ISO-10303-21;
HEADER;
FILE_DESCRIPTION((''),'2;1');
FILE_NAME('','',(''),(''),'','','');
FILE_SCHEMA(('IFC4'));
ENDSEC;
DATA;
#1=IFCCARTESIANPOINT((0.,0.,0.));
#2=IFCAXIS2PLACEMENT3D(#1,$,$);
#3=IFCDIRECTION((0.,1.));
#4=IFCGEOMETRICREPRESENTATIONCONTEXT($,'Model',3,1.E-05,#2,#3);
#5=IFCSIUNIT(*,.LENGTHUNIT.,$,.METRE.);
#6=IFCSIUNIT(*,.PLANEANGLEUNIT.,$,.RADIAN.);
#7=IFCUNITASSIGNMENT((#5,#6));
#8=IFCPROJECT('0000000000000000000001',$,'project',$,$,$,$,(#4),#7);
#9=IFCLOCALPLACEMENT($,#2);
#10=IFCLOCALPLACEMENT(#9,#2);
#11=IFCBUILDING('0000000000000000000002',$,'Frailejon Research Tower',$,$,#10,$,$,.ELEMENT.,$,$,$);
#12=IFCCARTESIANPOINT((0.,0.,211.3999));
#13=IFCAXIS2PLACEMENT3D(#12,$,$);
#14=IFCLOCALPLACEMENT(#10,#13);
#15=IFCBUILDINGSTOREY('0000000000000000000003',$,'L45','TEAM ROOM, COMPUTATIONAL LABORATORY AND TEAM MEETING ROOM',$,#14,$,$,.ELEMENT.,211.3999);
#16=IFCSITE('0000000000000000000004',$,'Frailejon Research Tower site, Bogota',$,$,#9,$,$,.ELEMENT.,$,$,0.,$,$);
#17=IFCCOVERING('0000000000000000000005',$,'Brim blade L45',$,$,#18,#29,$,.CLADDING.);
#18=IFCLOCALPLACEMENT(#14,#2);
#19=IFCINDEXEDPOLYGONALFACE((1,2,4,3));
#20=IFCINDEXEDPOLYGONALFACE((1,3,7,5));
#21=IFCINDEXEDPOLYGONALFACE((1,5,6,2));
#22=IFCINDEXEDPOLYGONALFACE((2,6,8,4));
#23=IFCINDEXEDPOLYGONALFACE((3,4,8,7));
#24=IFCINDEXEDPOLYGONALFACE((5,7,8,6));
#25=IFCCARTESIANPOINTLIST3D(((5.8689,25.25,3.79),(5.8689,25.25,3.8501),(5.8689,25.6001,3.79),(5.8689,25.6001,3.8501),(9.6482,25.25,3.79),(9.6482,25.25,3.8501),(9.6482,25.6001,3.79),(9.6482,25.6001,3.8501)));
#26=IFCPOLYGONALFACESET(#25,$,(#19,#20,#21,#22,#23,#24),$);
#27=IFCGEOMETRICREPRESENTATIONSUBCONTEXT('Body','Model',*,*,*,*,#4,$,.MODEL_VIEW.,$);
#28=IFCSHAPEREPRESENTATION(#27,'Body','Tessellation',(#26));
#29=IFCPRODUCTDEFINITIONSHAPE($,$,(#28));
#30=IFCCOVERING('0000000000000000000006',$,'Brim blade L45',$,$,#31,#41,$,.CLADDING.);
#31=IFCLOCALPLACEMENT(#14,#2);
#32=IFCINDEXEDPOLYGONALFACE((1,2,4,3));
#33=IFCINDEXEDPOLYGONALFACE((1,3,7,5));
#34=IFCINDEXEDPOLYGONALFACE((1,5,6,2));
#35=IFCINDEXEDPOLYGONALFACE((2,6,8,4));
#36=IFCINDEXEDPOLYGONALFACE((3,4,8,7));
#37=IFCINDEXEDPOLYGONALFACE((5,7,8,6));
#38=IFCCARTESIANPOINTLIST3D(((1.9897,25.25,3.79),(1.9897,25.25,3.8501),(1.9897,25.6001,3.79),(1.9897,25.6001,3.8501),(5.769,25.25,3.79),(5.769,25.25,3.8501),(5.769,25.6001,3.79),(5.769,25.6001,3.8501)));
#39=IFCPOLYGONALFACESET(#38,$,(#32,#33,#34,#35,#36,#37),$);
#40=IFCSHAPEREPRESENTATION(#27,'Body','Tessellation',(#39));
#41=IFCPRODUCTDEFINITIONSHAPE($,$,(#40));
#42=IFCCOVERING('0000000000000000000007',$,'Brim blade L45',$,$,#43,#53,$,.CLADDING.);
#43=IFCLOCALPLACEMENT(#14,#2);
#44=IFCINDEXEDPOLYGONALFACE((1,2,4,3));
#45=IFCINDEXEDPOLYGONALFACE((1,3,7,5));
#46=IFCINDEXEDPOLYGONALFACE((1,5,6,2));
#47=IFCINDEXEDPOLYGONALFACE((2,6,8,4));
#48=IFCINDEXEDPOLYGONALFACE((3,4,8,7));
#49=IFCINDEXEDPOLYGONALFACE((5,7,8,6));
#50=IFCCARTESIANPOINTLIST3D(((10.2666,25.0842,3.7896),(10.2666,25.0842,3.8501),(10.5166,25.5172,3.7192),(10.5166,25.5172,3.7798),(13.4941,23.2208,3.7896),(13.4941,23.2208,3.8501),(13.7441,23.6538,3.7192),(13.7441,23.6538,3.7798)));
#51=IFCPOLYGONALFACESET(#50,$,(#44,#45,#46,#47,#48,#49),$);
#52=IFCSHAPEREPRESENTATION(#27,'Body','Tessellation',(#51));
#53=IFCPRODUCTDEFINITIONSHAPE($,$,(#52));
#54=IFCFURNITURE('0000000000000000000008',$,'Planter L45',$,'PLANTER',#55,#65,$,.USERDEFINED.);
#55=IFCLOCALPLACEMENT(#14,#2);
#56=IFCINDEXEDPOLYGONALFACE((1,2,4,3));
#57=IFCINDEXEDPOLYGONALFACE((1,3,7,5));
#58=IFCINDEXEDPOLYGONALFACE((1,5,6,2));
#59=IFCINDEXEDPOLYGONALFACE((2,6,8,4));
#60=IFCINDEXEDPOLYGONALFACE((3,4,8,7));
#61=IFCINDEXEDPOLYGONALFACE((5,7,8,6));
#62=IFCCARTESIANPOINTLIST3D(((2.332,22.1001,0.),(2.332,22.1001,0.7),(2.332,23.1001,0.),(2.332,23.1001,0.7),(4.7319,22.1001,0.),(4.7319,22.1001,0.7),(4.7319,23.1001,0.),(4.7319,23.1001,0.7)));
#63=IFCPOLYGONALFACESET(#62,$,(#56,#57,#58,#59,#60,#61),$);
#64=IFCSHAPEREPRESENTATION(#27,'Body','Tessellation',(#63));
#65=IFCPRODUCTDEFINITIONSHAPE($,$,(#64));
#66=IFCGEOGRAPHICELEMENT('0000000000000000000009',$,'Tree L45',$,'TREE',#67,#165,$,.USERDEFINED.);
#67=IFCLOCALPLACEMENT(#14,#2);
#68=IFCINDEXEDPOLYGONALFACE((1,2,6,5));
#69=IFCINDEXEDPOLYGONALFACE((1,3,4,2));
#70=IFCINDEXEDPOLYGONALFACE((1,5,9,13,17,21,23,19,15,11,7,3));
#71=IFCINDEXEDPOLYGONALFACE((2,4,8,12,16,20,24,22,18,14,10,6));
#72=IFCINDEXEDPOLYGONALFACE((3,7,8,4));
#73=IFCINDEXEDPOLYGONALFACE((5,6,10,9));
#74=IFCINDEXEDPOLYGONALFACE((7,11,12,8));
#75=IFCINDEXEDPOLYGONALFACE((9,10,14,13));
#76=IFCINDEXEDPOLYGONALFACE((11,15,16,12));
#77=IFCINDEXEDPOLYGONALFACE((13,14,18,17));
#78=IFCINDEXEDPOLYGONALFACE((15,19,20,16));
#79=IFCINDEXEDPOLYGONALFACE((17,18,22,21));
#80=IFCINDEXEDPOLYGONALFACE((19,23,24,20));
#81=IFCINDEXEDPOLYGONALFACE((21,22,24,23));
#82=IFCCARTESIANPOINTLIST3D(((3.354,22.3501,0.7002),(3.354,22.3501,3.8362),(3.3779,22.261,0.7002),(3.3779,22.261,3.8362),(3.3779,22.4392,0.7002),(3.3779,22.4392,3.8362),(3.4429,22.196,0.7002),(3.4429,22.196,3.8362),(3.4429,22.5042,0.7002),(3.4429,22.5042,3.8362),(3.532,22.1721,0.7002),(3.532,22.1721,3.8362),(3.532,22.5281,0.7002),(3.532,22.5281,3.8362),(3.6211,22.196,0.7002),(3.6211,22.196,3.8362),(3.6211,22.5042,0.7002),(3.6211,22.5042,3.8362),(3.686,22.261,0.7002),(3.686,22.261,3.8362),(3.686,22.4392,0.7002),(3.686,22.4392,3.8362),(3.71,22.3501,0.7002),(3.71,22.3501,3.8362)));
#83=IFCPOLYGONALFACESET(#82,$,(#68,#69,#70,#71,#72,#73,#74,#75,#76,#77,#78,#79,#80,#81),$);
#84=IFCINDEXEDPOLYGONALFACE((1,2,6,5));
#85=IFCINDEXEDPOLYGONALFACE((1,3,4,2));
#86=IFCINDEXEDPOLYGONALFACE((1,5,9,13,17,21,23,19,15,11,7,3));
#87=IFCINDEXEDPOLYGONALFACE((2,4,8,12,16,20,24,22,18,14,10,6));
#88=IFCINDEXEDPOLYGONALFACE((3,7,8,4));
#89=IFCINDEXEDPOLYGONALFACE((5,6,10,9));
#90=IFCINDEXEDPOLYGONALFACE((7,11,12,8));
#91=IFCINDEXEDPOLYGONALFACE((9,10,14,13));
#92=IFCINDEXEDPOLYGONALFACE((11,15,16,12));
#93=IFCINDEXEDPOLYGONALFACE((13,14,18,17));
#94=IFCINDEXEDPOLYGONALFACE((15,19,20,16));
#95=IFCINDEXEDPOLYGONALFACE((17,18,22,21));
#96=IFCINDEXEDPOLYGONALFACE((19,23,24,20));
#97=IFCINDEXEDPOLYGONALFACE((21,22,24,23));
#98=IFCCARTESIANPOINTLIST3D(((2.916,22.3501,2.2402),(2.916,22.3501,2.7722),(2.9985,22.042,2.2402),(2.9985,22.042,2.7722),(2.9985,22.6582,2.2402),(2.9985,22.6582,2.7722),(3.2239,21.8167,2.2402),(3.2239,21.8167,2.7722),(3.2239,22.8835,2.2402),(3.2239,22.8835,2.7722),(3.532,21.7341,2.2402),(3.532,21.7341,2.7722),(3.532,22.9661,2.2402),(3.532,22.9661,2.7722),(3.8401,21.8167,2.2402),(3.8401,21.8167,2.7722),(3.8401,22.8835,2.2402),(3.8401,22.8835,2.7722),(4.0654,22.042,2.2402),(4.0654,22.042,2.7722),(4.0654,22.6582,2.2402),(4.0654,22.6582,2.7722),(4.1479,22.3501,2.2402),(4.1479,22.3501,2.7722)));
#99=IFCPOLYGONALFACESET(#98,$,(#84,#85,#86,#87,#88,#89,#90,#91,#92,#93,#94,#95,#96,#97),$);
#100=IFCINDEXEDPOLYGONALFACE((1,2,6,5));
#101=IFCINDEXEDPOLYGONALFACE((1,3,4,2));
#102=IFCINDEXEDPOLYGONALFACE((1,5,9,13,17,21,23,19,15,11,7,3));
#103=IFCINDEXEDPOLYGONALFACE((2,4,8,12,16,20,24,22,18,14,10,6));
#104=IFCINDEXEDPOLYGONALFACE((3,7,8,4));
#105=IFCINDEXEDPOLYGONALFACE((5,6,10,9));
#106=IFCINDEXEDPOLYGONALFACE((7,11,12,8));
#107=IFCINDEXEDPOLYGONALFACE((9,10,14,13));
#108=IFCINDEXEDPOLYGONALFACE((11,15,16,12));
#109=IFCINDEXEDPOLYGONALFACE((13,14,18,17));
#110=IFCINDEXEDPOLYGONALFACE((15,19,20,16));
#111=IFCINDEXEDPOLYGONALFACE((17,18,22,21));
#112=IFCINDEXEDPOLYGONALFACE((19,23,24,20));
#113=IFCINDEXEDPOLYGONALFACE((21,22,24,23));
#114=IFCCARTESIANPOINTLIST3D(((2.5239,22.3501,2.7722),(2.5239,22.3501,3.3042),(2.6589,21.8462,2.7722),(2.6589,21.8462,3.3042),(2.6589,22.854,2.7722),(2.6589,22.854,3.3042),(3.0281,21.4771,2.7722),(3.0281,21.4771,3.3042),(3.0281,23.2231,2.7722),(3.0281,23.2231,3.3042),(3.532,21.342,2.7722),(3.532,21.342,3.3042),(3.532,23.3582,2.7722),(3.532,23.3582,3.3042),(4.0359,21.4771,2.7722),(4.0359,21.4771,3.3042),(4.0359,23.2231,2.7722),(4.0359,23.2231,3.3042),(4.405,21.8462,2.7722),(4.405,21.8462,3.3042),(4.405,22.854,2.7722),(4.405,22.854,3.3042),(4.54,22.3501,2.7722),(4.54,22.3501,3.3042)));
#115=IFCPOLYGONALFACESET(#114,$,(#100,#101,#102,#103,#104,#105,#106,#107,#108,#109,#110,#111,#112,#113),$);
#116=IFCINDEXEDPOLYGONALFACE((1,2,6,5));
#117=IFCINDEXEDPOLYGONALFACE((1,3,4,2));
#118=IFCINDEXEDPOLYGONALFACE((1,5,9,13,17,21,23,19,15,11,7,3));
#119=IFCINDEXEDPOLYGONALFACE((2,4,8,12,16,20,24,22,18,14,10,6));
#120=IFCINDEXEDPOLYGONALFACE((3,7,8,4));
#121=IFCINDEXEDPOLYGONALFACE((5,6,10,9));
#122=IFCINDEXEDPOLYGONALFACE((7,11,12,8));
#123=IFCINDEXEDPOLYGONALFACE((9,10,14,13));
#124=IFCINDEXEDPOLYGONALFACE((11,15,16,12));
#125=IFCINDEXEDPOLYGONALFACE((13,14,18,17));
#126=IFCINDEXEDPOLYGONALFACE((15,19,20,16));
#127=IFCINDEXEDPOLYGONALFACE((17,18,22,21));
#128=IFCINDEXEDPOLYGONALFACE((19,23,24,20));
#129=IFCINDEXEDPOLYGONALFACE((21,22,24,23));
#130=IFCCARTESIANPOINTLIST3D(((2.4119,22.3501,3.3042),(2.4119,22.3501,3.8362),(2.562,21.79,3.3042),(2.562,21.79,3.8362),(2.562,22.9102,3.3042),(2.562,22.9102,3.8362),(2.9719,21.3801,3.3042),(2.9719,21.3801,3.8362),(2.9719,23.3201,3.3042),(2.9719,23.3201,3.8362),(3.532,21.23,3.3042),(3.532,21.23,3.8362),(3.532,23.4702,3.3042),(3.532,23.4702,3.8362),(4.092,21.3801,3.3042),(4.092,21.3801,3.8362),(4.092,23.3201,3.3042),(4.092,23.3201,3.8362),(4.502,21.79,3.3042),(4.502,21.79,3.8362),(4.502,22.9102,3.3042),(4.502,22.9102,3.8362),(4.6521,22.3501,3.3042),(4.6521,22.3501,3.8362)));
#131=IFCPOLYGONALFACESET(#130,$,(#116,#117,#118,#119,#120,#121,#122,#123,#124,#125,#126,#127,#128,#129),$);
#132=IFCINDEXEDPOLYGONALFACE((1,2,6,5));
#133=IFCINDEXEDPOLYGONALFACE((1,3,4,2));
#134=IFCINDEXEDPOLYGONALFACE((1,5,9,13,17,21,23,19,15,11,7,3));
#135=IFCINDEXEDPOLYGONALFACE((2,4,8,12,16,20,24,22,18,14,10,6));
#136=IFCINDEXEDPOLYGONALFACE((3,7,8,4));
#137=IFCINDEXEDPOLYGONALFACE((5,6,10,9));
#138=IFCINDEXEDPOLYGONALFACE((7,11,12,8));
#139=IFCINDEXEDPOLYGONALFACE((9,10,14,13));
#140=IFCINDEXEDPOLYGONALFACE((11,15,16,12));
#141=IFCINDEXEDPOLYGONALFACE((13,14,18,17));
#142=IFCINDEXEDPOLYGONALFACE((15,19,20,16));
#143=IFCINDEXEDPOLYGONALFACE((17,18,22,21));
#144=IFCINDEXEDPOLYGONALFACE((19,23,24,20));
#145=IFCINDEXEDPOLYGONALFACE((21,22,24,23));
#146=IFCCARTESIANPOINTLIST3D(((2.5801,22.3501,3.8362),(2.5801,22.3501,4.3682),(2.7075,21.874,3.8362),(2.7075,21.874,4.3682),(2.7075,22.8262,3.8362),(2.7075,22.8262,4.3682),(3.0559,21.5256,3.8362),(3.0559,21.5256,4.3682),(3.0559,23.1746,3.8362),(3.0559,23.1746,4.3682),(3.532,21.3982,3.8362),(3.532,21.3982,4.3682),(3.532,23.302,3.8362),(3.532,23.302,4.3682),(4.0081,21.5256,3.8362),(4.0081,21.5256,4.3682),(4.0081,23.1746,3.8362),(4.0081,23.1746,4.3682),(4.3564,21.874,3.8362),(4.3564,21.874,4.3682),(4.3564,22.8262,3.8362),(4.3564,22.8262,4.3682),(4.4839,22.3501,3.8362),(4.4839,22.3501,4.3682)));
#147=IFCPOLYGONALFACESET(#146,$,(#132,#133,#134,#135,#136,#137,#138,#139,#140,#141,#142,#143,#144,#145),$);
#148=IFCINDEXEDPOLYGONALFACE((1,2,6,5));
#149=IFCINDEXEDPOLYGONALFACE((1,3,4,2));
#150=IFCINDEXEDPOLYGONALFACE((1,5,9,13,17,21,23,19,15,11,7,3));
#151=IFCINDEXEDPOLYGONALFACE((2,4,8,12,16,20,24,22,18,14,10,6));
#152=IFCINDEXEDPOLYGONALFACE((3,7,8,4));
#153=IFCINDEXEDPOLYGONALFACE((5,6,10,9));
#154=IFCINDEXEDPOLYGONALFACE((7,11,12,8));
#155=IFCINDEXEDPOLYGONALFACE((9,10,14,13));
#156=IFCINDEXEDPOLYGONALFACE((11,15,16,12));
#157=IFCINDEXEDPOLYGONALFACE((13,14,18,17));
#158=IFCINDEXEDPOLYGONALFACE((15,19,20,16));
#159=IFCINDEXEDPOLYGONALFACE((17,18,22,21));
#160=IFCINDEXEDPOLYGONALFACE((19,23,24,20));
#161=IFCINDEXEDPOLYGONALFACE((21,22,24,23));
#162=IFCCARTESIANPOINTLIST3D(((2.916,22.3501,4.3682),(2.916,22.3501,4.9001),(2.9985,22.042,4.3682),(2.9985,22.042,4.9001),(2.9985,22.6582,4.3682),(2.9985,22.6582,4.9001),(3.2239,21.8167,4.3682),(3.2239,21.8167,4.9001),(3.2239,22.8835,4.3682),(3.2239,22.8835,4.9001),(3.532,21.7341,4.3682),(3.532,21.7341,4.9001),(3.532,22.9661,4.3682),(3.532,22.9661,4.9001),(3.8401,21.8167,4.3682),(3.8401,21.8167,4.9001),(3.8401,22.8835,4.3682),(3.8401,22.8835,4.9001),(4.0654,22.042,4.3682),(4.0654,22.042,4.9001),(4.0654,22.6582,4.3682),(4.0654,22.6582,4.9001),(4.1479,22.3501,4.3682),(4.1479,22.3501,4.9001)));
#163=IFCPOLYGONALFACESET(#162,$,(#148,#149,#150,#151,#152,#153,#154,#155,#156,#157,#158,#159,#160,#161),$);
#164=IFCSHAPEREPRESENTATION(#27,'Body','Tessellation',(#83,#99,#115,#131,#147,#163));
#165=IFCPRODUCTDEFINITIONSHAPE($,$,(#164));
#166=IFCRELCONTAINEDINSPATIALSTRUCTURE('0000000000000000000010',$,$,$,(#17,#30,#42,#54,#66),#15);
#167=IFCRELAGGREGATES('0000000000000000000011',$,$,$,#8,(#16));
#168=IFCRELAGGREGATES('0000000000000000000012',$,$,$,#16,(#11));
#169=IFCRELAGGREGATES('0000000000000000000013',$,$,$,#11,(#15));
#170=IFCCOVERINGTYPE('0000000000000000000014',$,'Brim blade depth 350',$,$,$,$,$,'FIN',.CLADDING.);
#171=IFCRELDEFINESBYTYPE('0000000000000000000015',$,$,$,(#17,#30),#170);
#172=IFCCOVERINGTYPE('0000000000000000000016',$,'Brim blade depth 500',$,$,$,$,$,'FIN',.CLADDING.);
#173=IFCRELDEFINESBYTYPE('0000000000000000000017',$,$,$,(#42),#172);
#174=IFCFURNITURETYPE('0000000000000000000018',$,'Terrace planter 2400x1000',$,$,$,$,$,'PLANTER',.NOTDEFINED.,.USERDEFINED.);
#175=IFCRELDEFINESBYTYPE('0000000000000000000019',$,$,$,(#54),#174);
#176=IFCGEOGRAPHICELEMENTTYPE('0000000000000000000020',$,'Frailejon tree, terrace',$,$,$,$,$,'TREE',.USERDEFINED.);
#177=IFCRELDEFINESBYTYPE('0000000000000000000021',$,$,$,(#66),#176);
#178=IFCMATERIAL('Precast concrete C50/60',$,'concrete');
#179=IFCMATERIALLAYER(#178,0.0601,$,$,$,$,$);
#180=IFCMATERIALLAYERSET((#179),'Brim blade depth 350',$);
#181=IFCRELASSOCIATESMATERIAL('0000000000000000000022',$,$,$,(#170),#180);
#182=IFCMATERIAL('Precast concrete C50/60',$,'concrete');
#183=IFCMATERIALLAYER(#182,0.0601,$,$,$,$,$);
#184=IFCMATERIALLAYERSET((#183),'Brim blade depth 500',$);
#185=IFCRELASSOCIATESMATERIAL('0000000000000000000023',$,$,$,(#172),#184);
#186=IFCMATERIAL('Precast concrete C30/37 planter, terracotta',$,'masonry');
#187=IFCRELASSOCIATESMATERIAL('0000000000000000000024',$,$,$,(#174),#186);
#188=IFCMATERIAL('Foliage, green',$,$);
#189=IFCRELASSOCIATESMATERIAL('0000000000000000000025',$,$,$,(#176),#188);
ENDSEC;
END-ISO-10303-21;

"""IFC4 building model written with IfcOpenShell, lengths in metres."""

from ifc_helpers import new_model, si_unit, direction, frame, origin, origin_2d, place, context, subcontext, project, spatial, polyline, rectangle, outline, extrude, material, layer, layer_set, type_object, element, save


model = new_model("IFC4")

# Units and contexts
model_context = context("Model", 3, precision=1e-05, world=origin(), true_north=direction((0.0, 1.0)))
body_context = subcontext(model_context, "Body", "Model", "MODEL_VIEW")
ifc_project = project(units=[si_unit("LENGTHUNIT", "METRE"), si_unit("PLANEANGLEUNIT", "RADIAN")], contexts=[model_context])

# Site, building, storey
site_placement = place(None, origin())
site = spatial("IfcSite", under=ifc_project, at=site_placement, Name="Frailejon Research Tower site, Bogota", CompositionType="ELEMENT", RefElevation=0.0)
building_placement = place(site_placement, origin())
building = spatial("IfcBuilding", under=site, at=building_placement, Name="Frailejon Research Tower", CompositionType="ELEMENT")
storey_placement = place(building_placement, frame((0.0, 0.0, 211.3999)))
storey = spatial("IfcBuildingStorey", under=building, at=storey_placement, Name="L45", Description="TEAM ROOM, COMPUTATIONAL LABORATORY AND TEAM MEETING ROOM", CompositionType="ELEMENT", Elevation=211.3999)

# Coverings
ifc_material_1 = material(Name="Precast concrete C50/60", Category="concrete")
ifc_layer_1 = layer(ifc_material_1, 0.0601)
ifc_layer_set_1 = layer_set([ifc_layer_1], Name="Brim blade depth 350")
covering_type_1 = type_object("IfcCoveringType", Name="Brim blade depth 350", ElementType="FIN", PredefinedType="CLADDING", material=ifc_layer_set_1)
for number, where, z_axis, x_axis, name in (
    (1, (5.8689, 25.25, 3.8501), (1.0, 0.0, 0.0), (0.0, 1.0, 0.0), "Brim blade L45"),
    (2, (1.9897, 25.25, 3.8501), (1.0, 0.0, 0.0), (0.0, 1.0, 0.0), "Brim blade L45"),
):
    element("IfcCovering", number, at=place(storey_placement, frame(where, z_axis=z_axis, x_axis=x_axis)), inside=storey, type_object=covering_type_1, Name=name, PredefinedType="CLADDING", context=body_context, shape_type="SweptSolid", body=[
        extrude(outline(polyline([(0.0, -0.0601), (0.3501, -0.0601), (0.3501, 0.0), (0.0, 0.0), (0.0, -0.0601)])), origin(), (0.0, 0.0, 1.0), 3.7793),
    ])
ifc_material_2 = material(Name="Precast concrete C50/60", Category="concrete")
ifc_layer_2 = layer(ifc_material_2, 0.0601)
ifc_layer_set_2 = layer_set([ifc_layer_2], Name="Brim blade depth 500")
covering_type_2 = type_object("IfcCoveringType", Name="Brim blade depth 500", ElementType="FIN", PredefinedType="CLADDING", material=ifc_layer_set_2)
covering_placement = place(storey_placement, frame((10.2666, 25.0842, 3.8501), z_axis=(0.866018, -0.500012, 0.0), x_axis=(0.500012, 0.866018, 0.0)))
element("IfcCovering", 3, at=covering_placement, inside=storey, type_object=covering_type_2, Name="Brim blade L45", PredefinedType="CLADDING", context=body_context, shape_type="SweptSolid", body=[
    extrude(outline(polyline([(0.0, -0.0605), (0.5, -0.1309), (0.5, -0.0703), (0.0, 0.0), (0.0, -0.0605)])), origin(), (0.0, 0.0, 1.0), 3.7268),
])

# Furniture
ifc_material_3 = material(Name="Precast concrete C30/37 planter, terracotta", Category="masonry")
furniture_type = type_object("IfcFurnitureType", Name="Terrace planter 2400x1000", ElementType="PLANTER", AssemblyPlace="NOTDEFINED", PredefinedType="USERDEFINED", material=ifc_material_3)
furniture_placement = place(storey_placement, frame((3.532, 22.6001, 0.0), z_axis=(0.0, 0.0, 1.0), x_axis=(-1.0, 0.0, 0.0)))
element("IfcFurniture", 4, at=furniture_placement, inside=storey, type_object=furniture_type, Name="Planter L45", ObjectType="PLANTER", PredefinedType="USERDEFINED", context=body_context, shape_type="SweptSolid", body=[
    extrude(rectangle(XDim=2.3999, YDim=1.0, at=origin_2d()), origin(), (0.0, 0.0, 1.0), 0.7),
])

# Geographic element
ifc_material_4 = material(Name="Foliage, green")
geographic_element_type = type_object("IfcGeographicElementType", Name="Frailejon tree, terrace", ElementType="TREE", PredefinedType="USERDEFINED", material=ifc_material_4)
geographic_element_placement = place(storey_placement, frame((3.532, 22.3501, 0.7002)))
element("IfcGeographicElement", 5, at=geographic_element_placement, inside=storey, type_object=geographic_element_type, Name="Tree L45", ObjectType="TREE", PredefinedType="USERDEFINED", context=body_context, shape_type="SweptSolid", body=[
    extrude(outline(polyline([(0.178, 0.0), (0.1541, 0.0891), (0.0891, 0.1541), (0.0, 0.178), (-0.0891, 0.1541), (-0.1541, 0.0891), (-0.178, 0.0), (-0.1541, -0.0891), (-0.0891, -0.1541), (0.0, -0.178), (0.0891, -0.1541), (0.1541, -0.0891), (0.178, 0.0)])), origin(), (0.0, 0.0, 1.0), 3.136),
    extrude(outline(polyline([(0.616, 0.0), (0.5334, 0.3081), (0.3081, 0.5334), (0.0, 0.616), (-0.3081, 0.5334), (-0.5334, 0.3081), (-0.616, 0.0), (-0.5334, -0.3081), (-0.3081, -0.5334), (0.0, -0.616), (0.3081, -0.5334), (0.5334, -0.3081), (0.616, 0.0)])), frame((0.0, 0.0, 1.54)), (0.0, 0.0, 1.0), 0.532),
    extrude(outline(polyline([(1.0081, 0.0), (0.873, 0.5039), (0.5039, 0.873), (0.0, 1.0081), (-0.5039, 0.873), (-0.873, 0.5039), (-1.0081, 0.0), (-0.873, -0.5039), (-0.5039, -0.873), (0.0, -1.0081), (0.5039, -0.873), (0.873, -0.5039), (1.0081, 0.0)])), frame((0.0, 0.0, 2.072)), (0.0, 0.0, 1.0), 0.532),
    extrude(outline(polyline([(1.1201, 0.0), (0.97, 0.5601), (0.5601, 0.97), (0.0, 1.1201), (-0.5601, 0.97), (-0.97, 0.5601), (-1.1201, 0.0), (-0.97, -0.5601), (-0.5601, -0.97), (0.0, -1.1201), (0.5601, -0.97), (0.97, -0.5601), (1.1201, 0.0)])), frame((0.0, 0.0, 2.604)), (0.0, 0.0, 1.0), 0.532),
    extrude(outline(polyline([(0.9519, 0.0), (0.8245, 0.4761), (0.4761, 0.8245), (0.0, 0.9519), (-0.4761, 0.8245), (-0.8245, 0.4761), (-0.9519, 0.0), (-0.8245, -0.4761), (-0.4761, -0.8245), (0.0, -0.9519), (0.4761, -0.8245), (0.8245, -0.4761), (0.9519, 0.0)])), frame((0.0, 0.0, 3.136)), (0.0, 0.0, 1.0), 0.532),
    extrude(outline(polyline([(0.616, 0.0), (0.5334, 0.3081), (0.3081, 0.5334), (0.0, 0.616), (-0.3081, 0.5334), (-0.5334, 0.3081), (-0.616, 0.0), (-0.5334, -0.3081), (-0.3081, -0.5334), (0.0, -0.616), (0.3081, -0.5334), (0.5334, -0.3081), (0.616, 0.0)])), frame((0.0, 0.0, 3.668)), (0.0, 0.0, 1.0), 0.532),
])

save(model, "model.ifc")
